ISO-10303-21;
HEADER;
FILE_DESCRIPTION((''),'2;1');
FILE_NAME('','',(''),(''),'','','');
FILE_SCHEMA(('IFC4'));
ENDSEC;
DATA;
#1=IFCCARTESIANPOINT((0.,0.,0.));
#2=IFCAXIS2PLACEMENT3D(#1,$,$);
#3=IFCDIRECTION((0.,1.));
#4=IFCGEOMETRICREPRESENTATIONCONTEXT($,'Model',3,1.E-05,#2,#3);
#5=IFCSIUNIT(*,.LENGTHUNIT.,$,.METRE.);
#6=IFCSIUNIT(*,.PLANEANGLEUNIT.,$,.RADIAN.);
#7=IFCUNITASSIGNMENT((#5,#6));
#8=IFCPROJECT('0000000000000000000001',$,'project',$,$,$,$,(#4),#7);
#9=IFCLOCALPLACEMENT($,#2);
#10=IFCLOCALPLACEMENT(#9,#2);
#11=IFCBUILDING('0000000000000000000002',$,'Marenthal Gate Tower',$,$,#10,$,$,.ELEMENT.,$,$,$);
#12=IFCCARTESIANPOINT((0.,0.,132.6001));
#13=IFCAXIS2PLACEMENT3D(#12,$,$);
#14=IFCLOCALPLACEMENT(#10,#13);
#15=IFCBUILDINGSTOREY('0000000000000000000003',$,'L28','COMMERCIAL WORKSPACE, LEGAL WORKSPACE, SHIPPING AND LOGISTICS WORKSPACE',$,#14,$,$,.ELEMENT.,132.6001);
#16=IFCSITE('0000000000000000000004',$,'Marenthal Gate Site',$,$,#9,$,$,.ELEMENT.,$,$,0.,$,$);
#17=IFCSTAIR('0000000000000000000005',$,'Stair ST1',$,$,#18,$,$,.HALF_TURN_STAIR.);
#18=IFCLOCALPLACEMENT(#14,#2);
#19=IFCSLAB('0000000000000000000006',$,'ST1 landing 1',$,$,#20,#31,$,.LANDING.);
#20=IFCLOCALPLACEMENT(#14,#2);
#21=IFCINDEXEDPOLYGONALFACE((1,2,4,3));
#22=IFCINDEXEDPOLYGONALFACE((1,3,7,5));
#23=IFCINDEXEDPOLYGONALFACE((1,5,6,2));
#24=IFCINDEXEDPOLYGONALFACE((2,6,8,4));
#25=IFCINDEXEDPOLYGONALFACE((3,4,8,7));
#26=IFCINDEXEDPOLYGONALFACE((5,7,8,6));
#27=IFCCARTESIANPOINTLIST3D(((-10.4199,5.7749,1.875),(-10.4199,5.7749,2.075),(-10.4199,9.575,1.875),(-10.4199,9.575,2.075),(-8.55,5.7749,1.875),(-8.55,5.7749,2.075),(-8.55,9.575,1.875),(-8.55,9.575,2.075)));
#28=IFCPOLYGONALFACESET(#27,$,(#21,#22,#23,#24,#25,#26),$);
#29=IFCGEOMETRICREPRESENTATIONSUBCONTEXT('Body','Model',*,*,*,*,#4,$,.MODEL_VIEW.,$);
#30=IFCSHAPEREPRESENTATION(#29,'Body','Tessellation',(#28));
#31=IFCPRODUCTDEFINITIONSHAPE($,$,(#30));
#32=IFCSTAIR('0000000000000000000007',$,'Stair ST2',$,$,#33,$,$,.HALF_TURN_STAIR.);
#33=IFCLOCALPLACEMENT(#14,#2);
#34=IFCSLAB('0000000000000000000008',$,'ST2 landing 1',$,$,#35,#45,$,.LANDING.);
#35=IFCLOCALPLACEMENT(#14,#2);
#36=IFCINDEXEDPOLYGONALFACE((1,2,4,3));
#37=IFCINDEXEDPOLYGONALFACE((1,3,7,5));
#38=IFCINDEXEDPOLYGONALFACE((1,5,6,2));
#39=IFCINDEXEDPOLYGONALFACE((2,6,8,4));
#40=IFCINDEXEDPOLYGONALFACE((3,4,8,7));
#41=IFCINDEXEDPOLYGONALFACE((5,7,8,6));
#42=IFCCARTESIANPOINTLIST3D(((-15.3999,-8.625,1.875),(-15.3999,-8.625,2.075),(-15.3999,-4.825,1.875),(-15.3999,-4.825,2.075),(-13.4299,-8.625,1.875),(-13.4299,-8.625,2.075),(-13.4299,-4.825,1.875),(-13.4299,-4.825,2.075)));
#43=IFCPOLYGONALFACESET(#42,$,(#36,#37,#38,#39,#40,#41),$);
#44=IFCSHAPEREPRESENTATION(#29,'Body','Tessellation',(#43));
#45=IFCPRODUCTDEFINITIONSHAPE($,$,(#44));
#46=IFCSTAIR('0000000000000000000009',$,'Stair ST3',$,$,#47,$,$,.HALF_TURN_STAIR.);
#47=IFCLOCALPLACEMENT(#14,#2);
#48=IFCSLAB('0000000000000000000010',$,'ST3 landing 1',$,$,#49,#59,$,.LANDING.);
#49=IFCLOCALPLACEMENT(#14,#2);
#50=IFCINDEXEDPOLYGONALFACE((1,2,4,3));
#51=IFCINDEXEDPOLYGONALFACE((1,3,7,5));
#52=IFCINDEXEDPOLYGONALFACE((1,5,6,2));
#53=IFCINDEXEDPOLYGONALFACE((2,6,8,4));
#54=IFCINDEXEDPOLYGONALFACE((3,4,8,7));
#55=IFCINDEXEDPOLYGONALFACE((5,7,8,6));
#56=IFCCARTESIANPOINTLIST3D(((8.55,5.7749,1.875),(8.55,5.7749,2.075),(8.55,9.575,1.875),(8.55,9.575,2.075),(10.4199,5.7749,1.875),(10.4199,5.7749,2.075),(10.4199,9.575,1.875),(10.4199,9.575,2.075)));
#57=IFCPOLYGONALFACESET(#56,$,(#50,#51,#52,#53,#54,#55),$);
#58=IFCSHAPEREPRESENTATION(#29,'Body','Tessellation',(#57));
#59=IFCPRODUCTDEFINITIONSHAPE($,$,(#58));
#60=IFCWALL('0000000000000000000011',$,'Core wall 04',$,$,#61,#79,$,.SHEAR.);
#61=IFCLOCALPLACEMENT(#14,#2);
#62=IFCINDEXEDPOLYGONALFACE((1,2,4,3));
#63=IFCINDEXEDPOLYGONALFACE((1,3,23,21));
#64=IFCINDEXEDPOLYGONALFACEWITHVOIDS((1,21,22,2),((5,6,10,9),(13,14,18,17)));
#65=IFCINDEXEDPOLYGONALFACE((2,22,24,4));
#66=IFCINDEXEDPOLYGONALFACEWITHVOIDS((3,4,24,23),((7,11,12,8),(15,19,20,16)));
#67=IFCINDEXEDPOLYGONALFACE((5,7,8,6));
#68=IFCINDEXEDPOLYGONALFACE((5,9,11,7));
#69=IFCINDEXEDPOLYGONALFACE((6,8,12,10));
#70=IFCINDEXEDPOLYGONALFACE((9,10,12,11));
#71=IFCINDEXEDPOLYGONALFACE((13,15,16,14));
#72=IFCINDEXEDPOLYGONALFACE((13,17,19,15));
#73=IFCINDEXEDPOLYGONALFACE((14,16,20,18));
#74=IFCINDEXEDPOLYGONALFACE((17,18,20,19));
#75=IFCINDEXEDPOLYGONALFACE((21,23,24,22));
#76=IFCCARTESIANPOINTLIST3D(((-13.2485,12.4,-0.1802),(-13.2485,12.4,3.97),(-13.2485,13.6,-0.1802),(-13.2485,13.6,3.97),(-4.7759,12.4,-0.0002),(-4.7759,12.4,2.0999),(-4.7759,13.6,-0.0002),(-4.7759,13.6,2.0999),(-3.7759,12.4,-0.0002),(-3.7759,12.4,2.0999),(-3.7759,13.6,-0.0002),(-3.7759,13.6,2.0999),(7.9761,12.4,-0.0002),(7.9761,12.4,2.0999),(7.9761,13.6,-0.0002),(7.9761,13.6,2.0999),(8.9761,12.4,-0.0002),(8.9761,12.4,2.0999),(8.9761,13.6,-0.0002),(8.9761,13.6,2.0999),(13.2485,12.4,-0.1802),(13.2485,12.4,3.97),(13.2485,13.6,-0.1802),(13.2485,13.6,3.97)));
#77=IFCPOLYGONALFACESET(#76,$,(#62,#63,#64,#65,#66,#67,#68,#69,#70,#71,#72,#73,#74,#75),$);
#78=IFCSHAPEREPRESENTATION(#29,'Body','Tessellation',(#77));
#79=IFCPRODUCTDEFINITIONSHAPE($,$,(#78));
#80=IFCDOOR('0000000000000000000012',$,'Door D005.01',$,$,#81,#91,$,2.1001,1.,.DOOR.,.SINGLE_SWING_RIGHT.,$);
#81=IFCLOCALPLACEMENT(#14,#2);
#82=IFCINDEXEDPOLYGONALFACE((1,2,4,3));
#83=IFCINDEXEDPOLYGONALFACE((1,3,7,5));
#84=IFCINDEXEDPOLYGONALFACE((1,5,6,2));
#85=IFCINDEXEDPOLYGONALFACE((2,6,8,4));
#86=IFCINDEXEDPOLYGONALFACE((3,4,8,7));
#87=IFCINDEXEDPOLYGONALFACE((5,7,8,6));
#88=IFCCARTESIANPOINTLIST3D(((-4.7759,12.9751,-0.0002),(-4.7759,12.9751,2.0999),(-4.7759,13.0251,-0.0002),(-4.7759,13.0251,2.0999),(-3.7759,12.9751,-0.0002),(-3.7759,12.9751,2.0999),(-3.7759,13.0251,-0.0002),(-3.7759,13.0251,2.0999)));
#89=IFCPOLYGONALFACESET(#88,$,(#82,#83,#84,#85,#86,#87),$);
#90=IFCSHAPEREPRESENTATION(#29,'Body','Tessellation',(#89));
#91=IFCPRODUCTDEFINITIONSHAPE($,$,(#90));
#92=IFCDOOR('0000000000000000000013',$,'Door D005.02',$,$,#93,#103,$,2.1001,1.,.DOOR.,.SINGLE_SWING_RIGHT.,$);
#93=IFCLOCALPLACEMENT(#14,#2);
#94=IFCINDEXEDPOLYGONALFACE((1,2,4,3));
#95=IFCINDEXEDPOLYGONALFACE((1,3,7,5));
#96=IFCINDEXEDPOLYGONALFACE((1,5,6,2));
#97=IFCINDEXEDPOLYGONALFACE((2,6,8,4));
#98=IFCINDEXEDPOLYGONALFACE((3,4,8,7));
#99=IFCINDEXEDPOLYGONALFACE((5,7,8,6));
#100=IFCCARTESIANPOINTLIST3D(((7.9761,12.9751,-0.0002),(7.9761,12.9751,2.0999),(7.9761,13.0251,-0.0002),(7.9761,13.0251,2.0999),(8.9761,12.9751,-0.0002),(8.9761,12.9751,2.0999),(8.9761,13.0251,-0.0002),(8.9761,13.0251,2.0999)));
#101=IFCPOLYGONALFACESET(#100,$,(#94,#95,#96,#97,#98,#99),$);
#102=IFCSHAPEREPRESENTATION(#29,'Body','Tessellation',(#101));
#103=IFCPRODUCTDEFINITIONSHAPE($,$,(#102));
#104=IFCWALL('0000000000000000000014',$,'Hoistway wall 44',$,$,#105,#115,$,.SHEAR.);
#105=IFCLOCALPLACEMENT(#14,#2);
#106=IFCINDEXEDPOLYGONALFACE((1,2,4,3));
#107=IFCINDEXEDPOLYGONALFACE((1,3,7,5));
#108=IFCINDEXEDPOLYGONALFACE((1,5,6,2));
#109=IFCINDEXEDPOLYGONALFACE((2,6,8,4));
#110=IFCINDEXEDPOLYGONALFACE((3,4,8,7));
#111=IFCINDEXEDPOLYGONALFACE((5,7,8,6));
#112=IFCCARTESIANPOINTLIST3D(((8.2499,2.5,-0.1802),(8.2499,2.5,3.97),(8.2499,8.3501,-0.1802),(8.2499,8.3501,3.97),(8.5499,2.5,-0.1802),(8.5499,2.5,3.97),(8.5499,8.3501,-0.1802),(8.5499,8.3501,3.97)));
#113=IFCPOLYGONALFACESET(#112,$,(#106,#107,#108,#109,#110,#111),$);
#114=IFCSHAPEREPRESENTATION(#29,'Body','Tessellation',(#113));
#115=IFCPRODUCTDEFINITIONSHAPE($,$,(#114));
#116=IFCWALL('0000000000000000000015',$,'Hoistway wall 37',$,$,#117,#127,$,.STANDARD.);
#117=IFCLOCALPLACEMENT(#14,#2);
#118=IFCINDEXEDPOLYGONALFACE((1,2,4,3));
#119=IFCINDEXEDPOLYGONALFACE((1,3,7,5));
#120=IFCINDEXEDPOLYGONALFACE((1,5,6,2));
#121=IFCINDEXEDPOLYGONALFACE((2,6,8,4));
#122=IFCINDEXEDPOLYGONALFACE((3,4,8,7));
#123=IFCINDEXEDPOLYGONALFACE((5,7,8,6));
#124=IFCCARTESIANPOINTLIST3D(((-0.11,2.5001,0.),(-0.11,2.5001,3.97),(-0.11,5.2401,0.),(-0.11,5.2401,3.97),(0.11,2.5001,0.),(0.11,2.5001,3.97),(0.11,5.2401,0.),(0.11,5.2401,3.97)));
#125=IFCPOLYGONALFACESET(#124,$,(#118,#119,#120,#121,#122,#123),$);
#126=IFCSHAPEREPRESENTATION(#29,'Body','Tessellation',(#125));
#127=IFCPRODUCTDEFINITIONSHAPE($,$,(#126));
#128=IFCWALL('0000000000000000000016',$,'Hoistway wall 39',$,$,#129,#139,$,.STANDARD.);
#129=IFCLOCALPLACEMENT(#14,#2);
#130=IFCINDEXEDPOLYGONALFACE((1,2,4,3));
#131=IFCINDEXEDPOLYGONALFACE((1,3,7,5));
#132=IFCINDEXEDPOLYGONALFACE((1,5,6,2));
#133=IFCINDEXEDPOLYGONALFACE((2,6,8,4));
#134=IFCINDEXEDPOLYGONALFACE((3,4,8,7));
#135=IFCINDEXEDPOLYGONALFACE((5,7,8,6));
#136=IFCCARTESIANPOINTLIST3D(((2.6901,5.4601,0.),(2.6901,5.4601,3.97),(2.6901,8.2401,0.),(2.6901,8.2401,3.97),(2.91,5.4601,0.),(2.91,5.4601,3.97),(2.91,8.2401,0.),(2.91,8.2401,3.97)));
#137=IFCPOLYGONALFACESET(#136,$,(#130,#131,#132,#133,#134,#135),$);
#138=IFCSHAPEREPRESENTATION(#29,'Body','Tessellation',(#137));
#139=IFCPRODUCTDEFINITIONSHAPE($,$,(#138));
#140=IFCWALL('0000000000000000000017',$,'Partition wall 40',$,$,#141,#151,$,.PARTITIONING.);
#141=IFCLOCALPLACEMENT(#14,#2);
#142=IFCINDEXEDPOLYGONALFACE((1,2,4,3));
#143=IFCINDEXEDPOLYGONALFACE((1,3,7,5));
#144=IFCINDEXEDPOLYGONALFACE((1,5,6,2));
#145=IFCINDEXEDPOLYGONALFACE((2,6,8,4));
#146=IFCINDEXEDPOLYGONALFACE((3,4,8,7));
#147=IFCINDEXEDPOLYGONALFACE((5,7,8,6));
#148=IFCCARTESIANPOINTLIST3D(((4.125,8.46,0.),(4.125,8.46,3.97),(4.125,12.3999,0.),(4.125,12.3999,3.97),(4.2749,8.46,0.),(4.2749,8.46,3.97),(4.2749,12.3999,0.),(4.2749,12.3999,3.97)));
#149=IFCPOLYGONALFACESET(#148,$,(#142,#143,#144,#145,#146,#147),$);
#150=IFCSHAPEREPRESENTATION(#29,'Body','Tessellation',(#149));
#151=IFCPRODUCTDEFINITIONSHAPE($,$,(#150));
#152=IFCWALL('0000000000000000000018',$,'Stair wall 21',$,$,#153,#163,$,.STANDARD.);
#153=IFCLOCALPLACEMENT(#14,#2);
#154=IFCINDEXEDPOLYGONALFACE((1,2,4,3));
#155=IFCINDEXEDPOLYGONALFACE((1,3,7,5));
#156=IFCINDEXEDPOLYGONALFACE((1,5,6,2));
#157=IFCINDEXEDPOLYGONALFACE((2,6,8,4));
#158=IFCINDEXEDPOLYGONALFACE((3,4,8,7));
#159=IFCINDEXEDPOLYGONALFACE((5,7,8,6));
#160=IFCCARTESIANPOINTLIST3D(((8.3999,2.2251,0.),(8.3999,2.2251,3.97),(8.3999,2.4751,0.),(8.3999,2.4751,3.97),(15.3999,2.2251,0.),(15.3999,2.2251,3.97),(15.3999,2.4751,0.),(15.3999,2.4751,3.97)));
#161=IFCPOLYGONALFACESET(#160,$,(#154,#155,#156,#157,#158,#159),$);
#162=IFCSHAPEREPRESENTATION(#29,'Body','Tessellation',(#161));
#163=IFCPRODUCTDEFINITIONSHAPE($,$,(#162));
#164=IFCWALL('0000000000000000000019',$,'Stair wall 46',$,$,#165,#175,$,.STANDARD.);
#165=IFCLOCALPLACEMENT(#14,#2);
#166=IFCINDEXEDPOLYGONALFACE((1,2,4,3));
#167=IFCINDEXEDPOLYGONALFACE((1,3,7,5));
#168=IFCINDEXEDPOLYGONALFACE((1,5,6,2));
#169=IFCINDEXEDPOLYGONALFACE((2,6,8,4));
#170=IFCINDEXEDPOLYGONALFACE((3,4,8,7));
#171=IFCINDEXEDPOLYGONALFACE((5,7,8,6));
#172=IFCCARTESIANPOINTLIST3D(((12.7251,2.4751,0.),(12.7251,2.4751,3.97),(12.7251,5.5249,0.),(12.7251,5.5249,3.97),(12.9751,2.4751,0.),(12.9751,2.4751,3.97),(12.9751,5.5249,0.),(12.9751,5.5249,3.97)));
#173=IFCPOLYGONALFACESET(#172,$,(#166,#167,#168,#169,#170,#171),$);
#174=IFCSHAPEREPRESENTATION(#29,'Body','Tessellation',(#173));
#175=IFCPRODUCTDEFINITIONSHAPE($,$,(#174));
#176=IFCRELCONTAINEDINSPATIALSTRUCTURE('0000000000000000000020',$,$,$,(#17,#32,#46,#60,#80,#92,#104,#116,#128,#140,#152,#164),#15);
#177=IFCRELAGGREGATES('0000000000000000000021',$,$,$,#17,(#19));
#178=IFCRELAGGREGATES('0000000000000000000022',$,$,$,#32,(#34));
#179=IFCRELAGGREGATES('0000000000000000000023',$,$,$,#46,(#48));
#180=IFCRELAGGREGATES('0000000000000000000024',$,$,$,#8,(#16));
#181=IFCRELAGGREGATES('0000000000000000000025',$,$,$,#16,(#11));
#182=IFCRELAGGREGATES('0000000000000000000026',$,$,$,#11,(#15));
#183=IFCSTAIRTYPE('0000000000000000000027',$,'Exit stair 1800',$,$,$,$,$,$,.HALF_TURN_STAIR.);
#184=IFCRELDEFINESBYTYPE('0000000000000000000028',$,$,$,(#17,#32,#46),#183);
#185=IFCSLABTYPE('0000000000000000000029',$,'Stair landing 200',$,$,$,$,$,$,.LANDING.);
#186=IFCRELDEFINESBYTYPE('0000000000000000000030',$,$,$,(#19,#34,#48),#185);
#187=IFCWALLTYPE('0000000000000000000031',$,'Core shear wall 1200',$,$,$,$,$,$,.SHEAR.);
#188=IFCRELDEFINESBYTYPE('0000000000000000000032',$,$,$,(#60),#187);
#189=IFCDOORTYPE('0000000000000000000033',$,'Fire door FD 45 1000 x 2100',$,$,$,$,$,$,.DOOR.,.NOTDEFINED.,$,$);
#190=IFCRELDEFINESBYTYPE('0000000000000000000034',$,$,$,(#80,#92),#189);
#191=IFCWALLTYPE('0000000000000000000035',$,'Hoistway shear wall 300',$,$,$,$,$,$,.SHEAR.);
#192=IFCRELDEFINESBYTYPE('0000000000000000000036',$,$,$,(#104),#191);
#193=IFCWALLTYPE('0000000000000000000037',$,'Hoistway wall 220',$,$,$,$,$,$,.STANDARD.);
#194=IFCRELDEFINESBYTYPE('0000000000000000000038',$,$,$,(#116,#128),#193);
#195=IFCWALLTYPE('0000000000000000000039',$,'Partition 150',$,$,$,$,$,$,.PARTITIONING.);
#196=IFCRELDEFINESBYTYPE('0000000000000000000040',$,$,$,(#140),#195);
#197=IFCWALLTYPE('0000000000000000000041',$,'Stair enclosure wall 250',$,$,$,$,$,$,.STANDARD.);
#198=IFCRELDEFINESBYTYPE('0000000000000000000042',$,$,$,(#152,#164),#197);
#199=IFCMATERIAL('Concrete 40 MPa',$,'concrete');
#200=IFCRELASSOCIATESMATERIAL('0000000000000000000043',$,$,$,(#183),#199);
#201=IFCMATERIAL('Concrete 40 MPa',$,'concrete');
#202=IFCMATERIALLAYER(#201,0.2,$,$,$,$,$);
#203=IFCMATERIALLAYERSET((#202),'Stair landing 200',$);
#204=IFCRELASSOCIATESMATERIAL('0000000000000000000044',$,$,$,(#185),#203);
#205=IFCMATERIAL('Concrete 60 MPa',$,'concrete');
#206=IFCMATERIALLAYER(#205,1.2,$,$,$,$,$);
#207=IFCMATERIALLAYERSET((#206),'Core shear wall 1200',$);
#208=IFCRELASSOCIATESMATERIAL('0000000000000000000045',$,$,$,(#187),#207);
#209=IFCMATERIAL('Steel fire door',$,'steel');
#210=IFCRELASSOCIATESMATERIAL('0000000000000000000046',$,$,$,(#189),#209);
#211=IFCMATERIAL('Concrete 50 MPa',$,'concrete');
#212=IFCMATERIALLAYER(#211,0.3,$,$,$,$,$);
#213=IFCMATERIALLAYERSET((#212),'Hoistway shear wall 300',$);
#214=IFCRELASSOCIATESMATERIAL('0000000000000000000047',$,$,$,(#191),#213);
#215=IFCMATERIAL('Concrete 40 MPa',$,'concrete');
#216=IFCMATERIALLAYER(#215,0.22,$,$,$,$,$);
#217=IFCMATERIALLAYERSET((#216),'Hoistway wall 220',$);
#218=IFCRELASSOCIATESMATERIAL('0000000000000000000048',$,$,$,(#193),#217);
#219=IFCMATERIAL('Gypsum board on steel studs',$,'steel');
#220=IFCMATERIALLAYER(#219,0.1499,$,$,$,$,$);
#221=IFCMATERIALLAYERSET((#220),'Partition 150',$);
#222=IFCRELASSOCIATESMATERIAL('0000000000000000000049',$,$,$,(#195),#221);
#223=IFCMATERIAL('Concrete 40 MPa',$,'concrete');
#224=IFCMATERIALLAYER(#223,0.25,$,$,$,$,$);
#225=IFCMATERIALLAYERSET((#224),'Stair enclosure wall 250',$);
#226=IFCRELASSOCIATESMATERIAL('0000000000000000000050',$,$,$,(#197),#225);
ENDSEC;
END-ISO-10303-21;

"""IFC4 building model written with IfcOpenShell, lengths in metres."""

from ifc_helpers import new_model, si_unit, direction, frame, frame_2d, origin, place, context, subcontext, project, spatial, polyline, rectangle, outline, extrude, material, layer, layer_set, type_object, element, fill, aggregate, save


model = new_model("IFC4")

# Units and contexts
model_context = context("Model", 3, precision=1e-05, world=origin(), true_north=direction((0.0, 1.0)))
body_context = subcontext(model_context, "Body", "Model", "MODEL_VIEW")
ifc_project = project(units=[si_unit("LENGTHUNIT", "METRE"), si_unit("PLANEANGLEUNIT", "RADIAN")], contexts=[model_context])

# Site, building, storey
site_placement = place(None, origin())
site = spatial("IfcSite", under=ifc_project, at=site_placement, Name="Marenthal Gate Site", CompositionType="ELEMENT", RefElevation=0.0)
building_placement = place(site_placement, origin())
building = spatial("IfcBuilding", under=site, at=building_placement, Name="Marenthal Gate Tower", CompositionType="ELEMENT")
storey_placement = place(building_placement, frame((0.0, 0.0, 132.6001)))
storey = spatial("IfcBuildingStorey", under=building, at=storey_placement, Name="L28", Description="COMMERCIAL WORKSPACE, LEGAL WORKSPACE, SHIPPING AND LOGISTICS WORKSPACE", CompositionType="ELEMENT", Elevation=132.6001)

# Stairs, slabs
ifc_material_1 = material(Name="Concrete 40 MPa", Category="concrete")
stair_type = type_object("IfcStairType", Name="Exit stair 1800", PredefinedType="HALF_TURN_STAIR", material=ifc_material_1)
stair_1_placement = place(storey_placement, origin())
stair_1 = element("IfcStair", 1, at=stair_1_placement, inside=storey, type_object=stair_type, Name="Stair ST1", PredefinedType="HALF_TURN_STAIR")
ifc_material_2 = material(Name="Concrete 40 MPa", Category="concrete")
ifc_layer_1 = layer(ifc_material_2, 0.2)
ifc_layer_set_1 = layer_set([ifc_layer_1], Name="Stair landing 200")
slab_type_1 = type_object("IfcSlabType", Name="Stair landing 200", PredefinedType="LANDING", material=ifc_layer_set_1)
slab_1_placement = place(storey_placement, frame((0.0, 0.0, 1.875)))
slab_1 = element("IfcSlab", 2, at=slab_1_placement, type_object=slab_type_1, Name="ST1 landing 1", PredefinedType="LANDING", context=body_context, shape_type="SweptSolid", body=[
    extrude(outline(polyline([(-10.4199, 5.7749), (-8.55, 5.7749), (-8.55, 9.575), (-10.4199, 9.575), (-10.4199, 5.7749)])), origin(), (0.0, 0.0, 1.0), 0.2),
])
aggregate(stair_1, [slab_1])
stair_2_placement = place(storey_placement, origin())
stair_2 = element("IfcStair", 3, at=stair_2_placement, inside=storey, type_object=stair_type, Name="Stair ST2", PredefinedType="HALF_TURN_STAIR")
slab_2_placement = place(storey_placement, frame((0.0, 0.0, 1.875)))
slab_2 = element("IfcSlab", 4, at=slab_2_placement, type_object=slab_type_1, Name="ST2 landing 1", PredefinedType="LANDING", context=body_context, shape_type="SweptSolid", body=[
    extrude(outline(polyline([(-15.3999, -8.625), (-13.4299, -8.625), (-13.4299, -4.825), (-15.3999, -4.825), (-15.3999, -8.625)])), origin(), (0.0, 0.0, 1.0), 0.2),
])
aggregate(stair_2, [slab_2])
stair_3_placement = place(storey_placement, origin())
stair_3 = element("IfcStair", 5, at=stair_3_placement, inside=storey, type_object=stair_type, Name="Stair ST3", PredefinedType="HALF_TURN_STAIR")
slab_3_placement = place(storey_placement, frame((0.0, 0.0, 1.875)))
slab_3 = element("IfcSlab", 6, at=slab_3_placement, type_object=slab_type_1, Name="ST3 landing 1", PredefinedType="LANDING", context=body_context, shape_type="SweptSolid", body=[
    extrude(outline(polyline([(8.55, 5.7749), (10.4199, 5.7749), (10.4199, 9.575), (8.55, 9.575), (8.55, 5.7749)])), origin(), (0.0, 0.0, 1.0), 0.2),
])

# Wall, openings, doors
ifc_material_3 = material(Name="Concrete 60 MPa", Category="concrete")
ifc_layer_2 = layer(ifc_material_3, 1.2)
ifc_layer_set_2 = layer_set([ifc_layer_2], Name="Core shear wall 1200")
wall_type_1 = type_object("IfcWallType", Name="Core shear wall 1200", PredefinedType="SHEAR", material=ifc_layer_set_2)
wall_1_placement = place(storey_placement, frame((13.2485, 13.0, -0.1802), z_axis=(0.0, 0.0, 1.0), x_axis=(-1.0, 0.0, 0.0)))
wall_1 = element("IfcWall", 7, at=wall_1_placement, inside=storey, type_object=wall_type_1, Name="Core wall 04", PredefinedType="SHEAR", context=body_context, shape_type="SweptSolid", body=[
    extrude(rectangle(XDim=26.4971, YDim=1.2, at=frame_2d((13.2485, 0.0))), origin(), (0.0, 0.0, 1.0), 4.1501),
])
opening_1_placement = place(wall_1_placement, frame((17.0244, 0.0, 0.1799)))
opening_1 = element("IfcOpeningElement", 8, at=opening_1_placement, cuts=wall_1, PredefinedType="OPENING", context=body_context, shape_type="SweptSolid", body=[
    extrude(rectangle(XDim=1.0, YDim=2.1001, at=frame_2d((0.5, 1.05))), frame((0.0, 0.6099, 0.0), z_axis=(0.0, -1.0, 0.0), x_axis=(1.0, 0.0, 0.0)), (0.0, 0.0, 1.0), 1.22),
])
opening_2_placement = place(wall_1_placement, frame((4.2725, 0.0, 0.1799)))
opening_2 = element("IfcOpeningElement", 9, at=opening_2_placement, cuts=wall_1, PredefinedType="OPENING", context=body_context, shape_type="SweptSolid", body=[
    extrude(rectangle(XDim=1.0, YDim=2.1001, at=frame_2d((0.5, 1.05))), frame((0.0, 0.6099, 0.0), z_axis=(0.0, -1.0, 0.0), x_axis=(1.0, 0.0, 0.0)), (0.0, 0.0, 1.0), 1.22),
])
ifc_material_4 = material(Name="Steel fire door", Category="steel")
door_type_1 = type_object("IfcDoorType", Name="Fire door FD 45 1000 x 2100", OperationType="NOTDEFINED", PredefinedType="DOOR", material=ifc_material_4)
door_1_placement = place(opening_1_placement, origin())
door_1 = element("IfcDoor", 10, at=door_1_placement, inside=storey, type_object=door_type_1, Name="Door D005.01", OperationType="SINGLE_SWING_RIGHT", OverallHeight=2.1001, OverallWidth=1.0, PredefinedType="DOOR", context=body_context, shape_type="SweptSolid", body=[
    extrude(rectangle(XDim=1.0, YDim=2.1001, at=frame_2d((0.5, 1.05))), frame((0.0, 0.0249, 0.0), z_axis=(0.0, -1.0, 0.0), x_axis=(1.0, 0.0, 0.0)), (0.0, 0.0, 1.0), 0.05),
])
fill(opening_1, door_1)
door_2_placement = place(opening_2_placement, origin())
door_2 = element("IfcDoor", 11, at=door_2_placement, inside=storey, type_object=door_type_1, Name="Door D005.02", OperationType="SINGLE_SWING_RIGHT", OverallHeight=2.1001, OverallWidth=1.0, PredefinedType="DOOR", context=body_context, shape_type="SweptSolid", body=[
    extrude(rectangle(XDim=1.0, YDim=2.1001, at=frame_2d((0.5, 1.05))), frame((0.0, 0.0249, 0.0), z_axis=(0.0, -1.0, 0.0), x_axis=(1.0, 0.0, 0.0)), (0.0, 0.0, 1.0), 0.05),
])
fill(opening_2, door_2)

# Walls
ifc_material_5 = material(Name="Concrete 50 MPa", Category="concrete")
ifc_layer_3 = layer(ifc_material_5, 0.3)
ifc_layer_set_3 = layer_set([ifc_layer_3], Name="Hoistway shear wall 300")
wall_type_2 = type_object("IfcWallType", Name="Hoistway shear wall 300", PredefinedType="SHEAR", material=ifc_layer_set_3)
wall_2_placement = place(storey_placement, frame((8.3999, 2.5, -0.1802), z_axis=(0.0, 0.0, 1.0), x_axis=(0.0, 1.0, 0.0)))
element("IfcWall", 12, at=wall_2_placement, inside=storey, type_object=wall_type_2, Name="Hoistway wall 44", PredefinedType="SHEAR", context=body_context, shape_type="SweptSolid", body=[
    extrude(rectangle(XDim=5.8501, YDim=0.3, at=frame_2d((2.925, 0.0))), origin(), (0.0, 0.0, 1.0), 4.1501),
])
ifc_material_6 = material(Name="Concrete 40 MPa", Category="concrete")
ifc_layer_4 = layer(ifc_material_6, 0.22)
ifc_layer_set_4 = layer_set([ifc_layer_4], Name="Hoistway wall 220")
wall_type_3 = type_object("IfcWallType", Name="Hoistway wall 220", PredefinedType="STANDARD", material=ifc_layer_set_4)
wall_3_placement = place(storey_placement, frame((0.0, 2.5, 0.0), z_axis=(0.0, 0.0, 1.0), x_axis=(0.0, 1.0, 0.0)))
element("IfcWall", 13, at=wall_3_placement, inside=storey, type_object=wall_type_3, Name="Hoistway wall 37", PredefinedType="STANDARD", context=body_context, shape_type="SweptSolid", body=[
    extrude(rectangle(XDim=2.74, YDim=0.22, at=frame_2d((1.3701, 0.0))), origin(), (0.0, 0.0, 1.0), 3.97),
])
wall_4_placement = place(storey_placement, frame((2.8, 5.46, 0.0), z_axis=(0.0, 0.0, 1.0), x_axis=(0.0, 1.0, 0.0)))
element("IfcWall", 14, at=wall_4_placement, inside=storey, type_object=wall_type_3, Name="Hoistway wall 39", PredefinedType="STANDARD", context=body_context, shape_type="SweptSolid", body=[
    extrude(rectangle(XDim=2.78, YDim=0.22, at=frame_2d((1.3901, 0.0))), origin(), (0.0, 0.0, 1.0), 3.97),
])
ifc_material_7 = material(Name="Gypsum board on steel studs", Category="steel")
ifc_layer_5 = layer(ifc_material_7, 0.1499)
ifc_layer_set_5 = layer_set([ifc_layer_5], Name="Partition 150")
wall_type_4 = type_object("IfcWallType", Name="Partition 150", PredefinedType="PARTITIONING", material=ifc_layer_set_5)
wall_5_placement = place(storey_placement, frame((4.2, 8.46, 0.0), z_axis=(0.0, 0.0, 1.0), x_axis=(0.0, 1.0, 0.0)))
element("IfcWall", 15, at=wall_5_placement, inside=storey, type_object=wall_type_4, Name="Partition wall 40", PredefinedType="PARTITIONING", context=body_context, shape_type="SweptSolid", body=[
    extrude(rectangle(XDim=3.9399, YDim=0.1499, at=frame_2d((1.97, 0.0))), origin(), (0.0, 0.0, 1.0), 3.97),
])
ifc_material_8 = material(Name="Concrete 40 MPa", Category="concrete")
ifc_layer_6 = layer(ifc_material_8, 0.25)
ifc_layer_set_6 = layer_set([ifc_layer_6], Name="Stair enclosure wall 250")
wall_type_5 = type_object("IfcWallType", Name="Stair enclosure wall 250", PredefinedType="STANDARD", material=ifc_layer_set_6)
wall_6_placement = place(storey_placement, frame((8.3999, 2.3501, 0.0), z_axis=(0.0, 0.0, 1.0), x_axis=(1.0, 0.0, 0.0)))
element("IfcWall", 16, at=wall_6_placement, inside=storey, type_object=wall_type_5, Name="Stair wall 21", PredefinedType="STANDARD", context=body_context, shape_type="SweptSolid", body=[
    extrude(rectangle(XDim=7.0, YDim=0.25, at=frame_2d((3.5, 0.0))), origin(), (0.0, 0.0, 1.0), 3.97),
])
wall_7_placement = place(storey_placement, frame((12.8501, 2.4751, 0.0), z_axis=(0.0, 0.0, 1.0), x_axis=(0.0, 1.0, 0.0)))
element("IfcWall", 17, at=wall_7_placement, inside=storey, type_object=wall_type_5, Name="Stair wall 46", PredefinedType="STANDARD", context=body_context, shape_type="SweptSolid", body=[
    extrude(rectangle(XDim=3.0498, YDim=0.25, at=frame_2d((1.5249, 0.0))), origin(), (0.0, 0.0, 1.0), 3.97),
])

aggregate(stair_3, [slab_3])

save(model, "model.ifc")
